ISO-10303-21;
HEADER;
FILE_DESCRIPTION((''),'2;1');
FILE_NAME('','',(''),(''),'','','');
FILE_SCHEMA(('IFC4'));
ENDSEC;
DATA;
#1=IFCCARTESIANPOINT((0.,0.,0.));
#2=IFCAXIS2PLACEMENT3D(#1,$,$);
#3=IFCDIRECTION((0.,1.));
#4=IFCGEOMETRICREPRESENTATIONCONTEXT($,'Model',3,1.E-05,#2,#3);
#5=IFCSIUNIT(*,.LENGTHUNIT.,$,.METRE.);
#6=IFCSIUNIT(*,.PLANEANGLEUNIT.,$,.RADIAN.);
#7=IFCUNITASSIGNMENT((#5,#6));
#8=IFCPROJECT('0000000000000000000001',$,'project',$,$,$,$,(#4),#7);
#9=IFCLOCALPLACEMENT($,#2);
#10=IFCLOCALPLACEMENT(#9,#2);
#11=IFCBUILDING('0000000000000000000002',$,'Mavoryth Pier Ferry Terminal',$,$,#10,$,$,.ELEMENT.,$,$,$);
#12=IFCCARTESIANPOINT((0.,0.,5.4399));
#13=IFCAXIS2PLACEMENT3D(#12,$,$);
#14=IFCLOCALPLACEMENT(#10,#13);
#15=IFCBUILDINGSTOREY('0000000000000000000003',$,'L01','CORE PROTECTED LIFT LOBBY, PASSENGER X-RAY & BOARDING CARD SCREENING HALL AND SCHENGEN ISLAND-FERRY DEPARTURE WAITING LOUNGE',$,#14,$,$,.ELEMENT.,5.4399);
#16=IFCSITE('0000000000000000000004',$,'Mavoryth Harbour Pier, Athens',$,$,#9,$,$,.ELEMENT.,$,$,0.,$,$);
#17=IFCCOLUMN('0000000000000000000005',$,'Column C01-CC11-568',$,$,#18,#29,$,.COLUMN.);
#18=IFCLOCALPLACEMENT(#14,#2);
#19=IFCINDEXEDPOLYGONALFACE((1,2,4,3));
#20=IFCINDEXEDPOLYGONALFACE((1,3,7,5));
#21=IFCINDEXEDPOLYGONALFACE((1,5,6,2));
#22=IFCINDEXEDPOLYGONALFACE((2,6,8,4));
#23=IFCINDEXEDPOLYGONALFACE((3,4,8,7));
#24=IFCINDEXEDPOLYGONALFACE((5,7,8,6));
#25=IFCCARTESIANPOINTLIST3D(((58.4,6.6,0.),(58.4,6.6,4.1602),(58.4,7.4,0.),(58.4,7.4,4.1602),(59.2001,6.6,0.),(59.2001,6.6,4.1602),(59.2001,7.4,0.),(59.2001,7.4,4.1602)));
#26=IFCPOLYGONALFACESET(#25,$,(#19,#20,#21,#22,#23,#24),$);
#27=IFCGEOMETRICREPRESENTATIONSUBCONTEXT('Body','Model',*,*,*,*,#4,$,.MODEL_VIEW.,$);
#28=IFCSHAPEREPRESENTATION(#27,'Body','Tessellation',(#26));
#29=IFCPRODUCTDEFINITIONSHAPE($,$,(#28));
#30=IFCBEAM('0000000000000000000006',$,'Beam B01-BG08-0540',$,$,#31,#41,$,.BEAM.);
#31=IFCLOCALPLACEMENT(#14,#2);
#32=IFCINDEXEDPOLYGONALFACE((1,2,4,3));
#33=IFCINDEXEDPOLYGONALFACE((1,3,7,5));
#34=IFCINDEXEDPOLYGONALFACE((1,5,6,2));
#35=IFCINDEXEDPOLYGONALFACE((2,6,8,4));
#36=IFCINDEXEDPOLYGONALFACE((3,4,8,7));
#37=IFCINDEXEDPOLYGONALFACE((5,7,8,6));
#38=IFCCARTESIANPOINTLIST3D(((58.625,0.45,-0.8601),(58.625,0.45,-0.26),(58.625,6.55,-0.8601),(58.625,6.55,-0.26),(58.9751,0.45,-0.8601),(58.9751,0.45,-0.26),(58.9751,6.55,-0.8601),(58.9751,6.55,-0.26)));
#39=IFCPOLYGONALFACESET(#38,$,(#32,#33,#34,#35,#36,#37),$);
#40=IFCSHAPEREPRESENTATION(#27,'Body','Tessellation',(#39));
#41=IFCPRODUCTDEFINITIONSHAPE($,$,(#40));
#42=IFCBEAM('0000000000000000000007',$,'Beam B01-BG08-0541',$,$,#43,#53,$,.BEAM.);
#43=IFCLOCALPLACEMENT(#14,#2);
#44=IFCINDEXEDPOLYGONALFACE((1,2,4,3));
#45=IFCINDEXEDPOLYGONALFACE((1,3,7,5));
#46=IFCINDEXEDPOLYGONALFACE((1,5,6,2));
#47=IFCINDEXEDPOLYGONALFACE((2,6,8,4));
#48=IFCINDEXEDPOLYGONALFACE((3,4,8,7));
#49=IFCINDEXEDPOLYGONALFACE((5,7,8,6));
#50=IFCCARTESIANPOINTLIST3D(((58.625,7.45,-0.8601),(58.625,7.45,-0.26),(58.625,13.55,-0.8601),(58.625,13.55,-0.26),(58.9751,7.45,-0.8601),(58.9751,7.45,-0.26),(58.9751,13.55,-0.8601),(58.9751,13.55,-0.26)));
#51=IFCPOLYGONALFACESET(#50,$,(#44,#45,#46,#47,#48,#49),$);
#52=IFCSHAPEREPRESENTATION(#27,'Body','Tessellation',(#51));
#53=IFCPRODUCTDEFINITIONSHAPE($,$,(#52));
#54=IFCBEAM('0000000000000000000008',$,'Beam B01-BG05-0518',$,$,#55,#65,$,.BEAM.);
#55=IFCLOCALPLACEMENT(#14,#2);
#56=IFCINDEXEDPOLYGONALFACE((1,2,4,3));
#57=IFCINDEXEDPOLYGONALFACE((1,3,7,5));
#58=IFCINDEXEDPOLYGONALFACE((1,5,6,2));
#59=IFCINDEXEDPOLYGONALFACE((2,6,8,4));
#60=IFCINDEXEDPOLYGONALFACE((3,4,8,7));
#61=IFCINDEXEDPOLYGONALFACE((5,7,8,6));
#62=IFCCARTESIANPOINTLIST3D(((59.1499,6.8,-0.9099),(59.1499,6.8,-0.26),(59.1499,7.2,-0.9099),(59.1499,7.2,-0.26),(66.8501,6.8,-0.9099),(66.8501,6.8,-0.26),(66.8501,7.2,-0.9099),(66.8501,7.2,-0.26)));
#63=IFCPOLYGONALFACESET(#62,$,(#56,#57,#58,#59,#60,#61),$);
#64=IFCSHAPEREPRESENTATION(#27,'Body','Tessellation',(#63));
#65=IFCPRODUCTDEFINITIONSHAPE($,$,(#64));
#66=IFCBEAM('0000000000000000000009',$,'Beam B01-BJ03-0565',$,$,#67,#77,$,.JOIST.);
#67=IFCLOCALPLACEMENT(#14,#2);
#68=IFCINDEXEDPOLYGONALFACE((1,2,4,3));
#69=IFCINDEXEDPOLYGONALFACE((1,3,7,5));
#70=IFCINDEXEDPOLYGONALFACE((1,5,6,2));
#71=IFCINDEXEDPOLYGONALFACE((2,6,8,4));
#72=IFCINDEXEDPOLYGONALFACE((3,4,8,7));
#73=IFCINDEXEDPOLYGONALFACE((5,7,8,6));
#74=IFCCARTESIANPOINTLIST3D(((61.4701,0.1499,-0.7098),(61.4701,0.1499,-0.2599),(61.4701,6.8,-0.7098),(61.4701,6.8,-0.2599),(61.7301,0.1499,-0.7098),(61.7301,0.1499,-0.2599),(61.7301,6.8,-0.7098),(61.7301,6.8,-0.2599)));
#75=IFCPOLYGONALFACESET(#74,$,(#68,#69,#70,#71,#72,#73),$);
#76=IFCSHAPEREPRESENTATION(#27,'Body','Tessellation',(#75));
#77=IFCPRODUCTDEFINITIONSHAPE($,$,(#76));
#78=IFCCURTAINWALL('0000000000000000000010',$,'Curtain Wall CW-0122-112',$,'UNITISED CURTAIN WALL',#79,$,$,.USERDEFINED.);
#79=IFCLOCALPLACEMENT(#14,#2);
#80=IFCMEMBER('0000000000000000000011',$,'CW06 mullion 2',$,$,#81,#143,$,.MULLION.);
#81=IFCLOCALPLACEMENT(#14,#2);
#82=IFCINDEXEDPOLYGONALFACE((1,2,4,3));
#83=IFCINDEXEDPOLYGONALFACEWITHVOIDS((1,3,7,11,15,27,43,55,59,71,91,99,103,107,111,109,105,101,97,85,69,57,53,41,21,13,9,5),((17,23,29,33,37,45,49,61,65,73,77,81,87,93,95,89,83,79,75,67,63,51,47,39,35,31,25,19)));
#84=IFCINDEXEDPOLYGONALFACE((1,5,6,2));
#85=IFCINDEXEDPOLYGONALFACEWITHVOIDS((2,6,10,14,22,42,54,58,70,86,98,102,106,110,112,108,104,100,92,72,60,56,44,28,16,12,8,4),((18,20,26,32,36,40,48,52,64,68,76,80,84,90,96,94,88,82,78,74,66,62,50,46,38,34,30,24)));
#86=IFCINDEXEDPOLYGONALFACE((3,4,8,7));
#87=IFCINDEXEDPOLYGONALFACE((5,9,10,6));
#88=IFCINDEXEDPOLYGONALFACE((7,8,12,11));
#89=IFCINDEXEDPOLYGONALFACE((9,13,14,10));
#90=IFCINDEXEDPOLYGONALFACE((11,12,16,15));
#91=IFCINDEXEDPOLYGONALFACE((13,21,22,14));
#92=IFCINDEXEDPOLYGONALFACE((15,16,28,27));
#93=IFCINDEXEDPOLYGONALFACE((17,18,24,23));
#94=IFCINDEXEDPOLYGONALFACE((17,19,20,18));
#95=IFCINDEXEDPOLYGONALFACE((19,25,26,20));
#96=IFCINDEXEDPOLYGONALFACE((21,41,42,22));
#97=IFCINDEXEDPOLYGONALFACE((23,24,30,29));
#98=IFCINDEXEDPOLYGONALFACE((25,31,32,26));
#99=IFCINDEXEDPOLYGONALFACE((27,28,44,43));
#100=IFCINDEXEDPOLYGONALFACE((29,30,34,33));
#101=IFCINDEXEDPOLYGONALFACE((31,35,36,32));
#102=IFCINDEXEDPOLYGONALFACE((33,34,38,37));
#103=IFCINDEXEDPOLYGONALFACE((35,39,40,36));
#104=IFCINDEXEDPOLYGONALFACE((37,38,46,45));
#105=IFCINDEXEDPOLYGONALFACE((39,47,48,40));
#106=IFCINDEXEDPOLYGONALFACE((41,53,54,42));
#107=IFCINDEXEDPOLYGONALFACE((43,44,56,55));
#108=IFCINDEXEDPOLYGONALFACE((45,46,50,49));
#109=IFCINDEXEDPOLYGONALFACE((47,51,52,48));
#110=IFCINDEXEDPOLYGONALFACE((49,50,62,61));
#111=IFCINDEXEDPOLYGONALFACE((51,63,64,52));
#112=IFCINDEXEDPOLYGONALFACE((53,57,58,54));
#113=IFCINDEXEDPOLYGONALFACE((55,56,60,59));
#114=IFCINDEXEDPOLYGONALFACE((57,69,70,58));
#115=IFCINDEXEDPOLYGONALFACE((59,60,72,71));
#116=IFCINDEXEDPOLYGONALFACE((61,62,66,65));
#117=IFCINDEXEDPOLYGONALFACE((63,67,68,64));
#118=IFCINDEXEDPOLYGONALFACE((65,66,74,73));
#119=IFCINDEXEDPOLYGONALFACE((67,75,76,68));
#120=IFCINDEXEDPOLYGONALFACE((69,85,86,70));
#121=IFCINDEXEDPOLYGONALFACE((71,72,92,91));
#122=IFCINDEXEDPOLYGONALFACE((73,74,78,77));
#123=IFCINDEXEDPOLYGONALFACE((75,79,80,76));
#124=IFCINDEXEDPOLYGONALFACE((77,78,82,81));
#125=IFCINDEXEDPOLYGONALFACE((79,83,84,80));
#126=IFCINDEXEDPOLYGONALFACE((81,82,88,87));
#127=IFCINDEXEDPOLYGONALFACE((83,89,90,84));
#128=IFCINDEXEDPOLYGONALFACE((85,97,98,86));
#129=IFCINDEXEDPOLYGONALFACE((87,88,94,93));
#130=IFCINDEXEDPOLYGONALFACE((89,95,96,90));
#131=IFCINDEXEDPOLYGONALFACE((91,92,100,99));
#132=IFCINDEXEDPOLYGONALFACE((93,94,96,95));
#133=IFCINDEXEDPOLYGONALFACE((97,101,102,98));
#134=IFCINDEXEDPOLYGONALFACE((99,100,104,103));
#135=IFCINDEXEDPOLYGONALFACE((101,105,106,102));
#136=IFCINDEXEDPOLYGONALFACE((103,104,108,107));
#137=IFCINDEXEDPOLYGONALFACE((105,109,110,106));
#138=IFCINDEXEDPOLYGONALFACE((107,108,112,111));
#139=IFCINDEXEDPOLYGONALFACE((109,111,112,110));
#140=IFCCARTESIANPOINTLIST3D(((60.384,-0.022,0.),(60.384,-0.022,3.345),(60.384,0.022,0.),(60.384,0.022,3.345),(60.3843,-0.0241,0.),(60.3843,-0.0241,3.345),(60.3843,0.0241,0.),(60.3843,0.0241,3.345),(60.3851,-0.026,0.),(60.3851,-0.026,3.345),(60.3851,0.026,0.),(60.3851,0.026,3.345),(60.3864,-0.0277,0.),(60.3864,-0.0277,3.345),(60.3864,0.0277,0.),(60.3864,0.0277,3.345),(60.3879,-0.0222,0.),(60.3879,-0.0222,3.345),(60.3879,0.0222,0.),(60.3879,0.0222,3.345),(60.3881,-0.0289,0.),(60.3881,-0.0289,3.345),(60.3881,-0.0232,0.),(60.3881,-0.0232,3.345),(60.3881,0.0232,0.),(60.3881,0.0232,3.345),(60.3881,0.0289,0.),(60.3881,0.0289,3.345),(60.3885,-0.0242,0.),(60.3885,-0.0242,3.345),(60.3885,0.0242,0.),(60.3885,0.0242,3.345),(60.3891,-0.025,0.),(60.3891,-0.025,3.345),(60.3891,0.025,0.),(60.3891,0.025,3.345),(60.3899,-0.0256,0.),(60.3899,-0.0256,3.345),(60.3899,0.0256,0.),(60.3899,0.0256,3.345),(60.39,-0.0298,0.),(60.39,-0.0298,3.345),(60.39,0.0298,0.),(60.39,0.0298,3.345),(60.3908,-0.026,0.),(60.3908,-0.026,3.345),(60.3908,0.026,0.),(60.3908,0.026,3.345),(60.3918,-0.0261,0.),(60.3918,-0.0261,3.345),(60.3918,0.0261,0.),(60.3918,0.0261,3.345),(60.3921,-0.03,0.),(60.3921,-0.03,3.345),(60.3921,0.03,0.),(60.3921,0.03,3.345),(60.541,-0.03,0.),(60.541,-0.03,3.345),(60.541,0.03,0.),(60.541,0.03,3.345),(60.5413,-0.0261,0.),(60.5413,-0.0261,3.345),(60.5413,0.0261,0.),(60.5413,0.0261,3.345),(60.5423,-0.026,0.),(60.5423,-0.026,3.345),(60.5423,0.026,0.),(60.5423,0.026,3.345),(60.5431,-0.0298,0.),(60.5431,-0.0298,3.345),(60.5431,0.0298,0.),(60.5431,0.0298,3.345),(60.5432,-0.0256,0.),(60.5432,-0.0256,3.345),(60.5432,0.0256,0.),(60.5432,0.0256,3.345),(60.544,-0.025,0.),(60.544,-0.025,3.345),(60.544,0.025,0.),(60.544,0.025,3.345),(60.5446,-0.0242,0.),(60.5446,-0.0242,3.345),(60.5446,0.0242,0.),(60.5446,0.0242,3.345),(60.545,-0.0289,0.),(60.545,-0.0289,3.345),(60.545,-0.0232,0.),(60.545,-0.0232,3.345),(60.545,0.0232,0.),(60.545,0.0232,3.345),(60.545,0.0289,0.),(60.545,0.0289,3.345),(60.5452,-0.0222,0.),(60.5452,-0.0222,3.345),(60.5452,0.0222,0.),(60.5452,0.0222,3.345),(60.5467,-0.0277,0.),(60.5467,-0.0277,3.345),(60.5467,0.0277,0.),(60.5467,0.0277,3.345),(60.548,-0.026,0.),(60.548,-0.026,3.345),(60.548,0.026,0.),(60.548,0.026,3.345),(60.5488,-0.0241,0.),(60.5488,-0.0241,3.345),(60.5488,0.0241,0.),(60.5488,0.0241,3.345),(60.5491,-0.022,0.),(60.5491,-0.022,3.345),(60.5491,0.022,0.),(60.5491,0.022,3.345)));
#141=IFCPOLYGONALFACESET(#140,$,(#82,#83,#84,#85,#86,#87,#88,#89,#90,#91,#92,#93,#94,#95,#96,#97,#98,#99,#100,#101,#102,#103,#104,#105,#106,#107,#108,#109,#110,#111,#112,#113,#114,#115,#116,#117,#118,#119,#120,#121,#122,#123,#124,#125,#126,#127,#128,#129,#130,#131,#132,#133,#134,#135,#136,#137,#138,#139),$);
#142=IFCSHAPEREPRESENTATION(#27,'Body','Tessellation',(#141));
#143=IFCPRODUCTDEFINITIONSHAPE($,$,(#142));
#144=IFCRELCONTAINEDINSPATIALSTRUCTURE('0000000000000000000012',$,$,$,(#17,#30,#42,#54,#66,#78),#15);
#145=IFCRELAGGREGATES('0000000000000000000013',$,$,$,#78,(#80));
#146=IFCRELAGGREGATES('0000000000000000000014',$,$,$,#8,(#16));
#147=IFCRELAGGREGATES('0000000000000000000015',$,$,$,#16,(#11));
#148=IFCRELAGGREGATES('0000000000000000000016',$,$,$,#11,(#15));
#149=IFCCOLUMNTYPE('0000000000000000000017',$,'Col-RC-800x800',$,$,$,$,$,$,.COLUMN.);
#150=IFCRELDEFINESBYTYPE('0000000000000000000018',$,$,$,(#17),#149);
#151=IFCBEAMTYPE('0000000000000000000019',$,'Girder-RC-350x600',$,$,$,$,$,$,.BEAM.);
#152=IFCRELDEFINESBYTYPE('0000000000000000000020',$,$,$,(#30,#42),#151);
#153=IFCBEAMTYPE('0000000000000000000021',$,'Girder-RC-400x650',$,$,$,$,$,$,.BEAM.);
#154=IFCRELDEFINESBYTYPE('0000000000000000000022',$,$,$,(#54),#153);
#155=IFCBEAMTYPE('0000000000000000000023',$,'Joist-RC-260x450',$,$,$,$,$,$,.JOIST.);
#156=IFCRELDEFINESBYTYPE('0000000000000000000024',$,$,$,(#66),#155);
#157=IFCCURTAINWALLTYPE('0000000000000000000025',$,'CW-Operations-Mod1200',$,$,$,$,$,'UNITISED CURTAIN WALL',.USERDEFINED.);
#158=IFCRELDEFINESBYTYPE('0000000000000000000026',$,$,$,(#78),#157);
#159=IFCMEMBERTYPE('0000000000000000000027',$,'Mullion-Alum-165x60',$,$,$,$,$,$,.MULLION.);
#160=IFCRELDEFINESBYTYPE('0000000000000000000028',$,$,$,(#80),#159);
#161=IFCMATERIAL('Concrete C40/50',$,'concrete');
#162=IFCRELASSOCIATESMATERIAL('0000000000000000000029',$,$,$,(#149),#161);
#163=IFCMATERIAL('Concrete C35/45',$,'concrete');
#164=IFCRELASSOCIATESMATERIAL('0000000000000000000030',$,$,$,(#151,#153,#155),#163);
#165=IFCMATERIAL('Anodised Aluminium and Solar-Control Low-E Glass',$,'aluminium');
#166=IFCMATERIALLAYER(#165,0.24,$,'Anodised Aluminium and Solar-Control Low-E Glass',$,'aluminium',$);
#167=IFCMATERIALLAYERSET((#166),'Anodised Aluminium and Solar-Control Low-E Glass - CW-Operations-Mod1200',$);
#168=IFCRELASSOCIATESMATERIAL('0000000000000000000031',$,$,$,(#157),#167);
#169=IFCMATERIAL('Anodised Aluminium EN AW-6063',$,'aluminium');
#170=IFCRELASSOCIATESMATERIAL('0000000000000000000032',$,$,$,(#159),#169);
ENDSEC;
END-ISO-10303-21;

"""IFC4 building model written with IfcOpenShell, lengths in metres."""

from ifc_helpers import new_model, si_unit, direction, frame, origin, origin_2d, place, context, subcontext, project, spatial, rectangle, hollow_rectangle, extrude, material, layer, layer_set, material_profile, profile_set, type_object, element, aggregate, save


model = new_model("IFC4")

# Units and contexts
model_context = context("Model", 3, precision=1e-05, world=origin(), true_north=direction((0.0, 1.0)))
body_context = subcontext(model_context, "Body", "Model", "MODEL_VIEW")
ifc_project = project(units=[si_unit("LENGTHUNIT", "METRE"), si_unit("PLANEANGLEUNIT", "RADIAN")], contexts=[model_context])

# Site, building, storey
site_placement = place(None, origin())
site = spatial("IfcSite", under=ifc_project, at=site_placement, Name="Mavoryth Harbour Pier, Athens", CompositionType="ELEMENT", RefElevation=0.0)
building_placement = place(site_placement, origin())
building = spatial("IfcBuilding", under=site, at=building_placement, Name="Mavoryth Pier Ferry Terminal", CompositionType="ELEMENT")
storey_placement = place(building_placement, frame((0.0, 0.0, 5.4399)))
storey = spatial("IfcBuildingStorey", under=building, at=storey_placement, Name="L01", Description="CORE PROTECTED LIFT LOBBY, PASSENGER X-RAY & BOARDING CARD SCREENING HALL AND SCHENGEN ISLAND-FERRY DEPARTURE WAITING LOUNGE", CompositionType="ELEMENT", Elevation=5.4399)

# Column
ifc_material_1 = material(Name="Concrete C40/50", Category="concrete")
ifc_material_profile_1 = material_profile(ifc_material_1, rectangle(XDim=0.8, YDim=0.8, at=origin_2d()), Name="RC 800x800", Category="concrete")
ifc_profile_set_1 = profile_set([ifc_material_profile_1], Name="Concrete C40/50 - RC 800x800")
column_type = type_object("IfcColumnType", Name="Col-RC-800x800", PredefinedType="COLUMN", material=ifc_profile_set_1)
column_placement = place(storey_placement, frame((58.8, 7.0, 0.0), z_axis=(0.0, 0.0, 1.0), x_axis=(1.0, 0.0, 0.0)))
element("IfcColumn", 1, at=column_placement, inside=storey, type_object=column_type, Name="Column C01-CC11-568", PredefinedType="COLUMN", context=body_context, shape_type="SweptSolid", body=[
    extrude(rectangle(XDim=0.8, YDim=0.8, at=origin_2d()), origin(), (0.0, 0.0, 1.0), 4.1602),
])

# Beams
ifc_material_2 = material(Name="Concrete C35/45", Category="concrete")
ifc_material_profile_2 = material_profile(ifc_material_2, rectangle(XDim=0.3501, YDim=0.6001, at=origin_2d()), Name="RC 350x600", Category="concrete")
ifc_profile_set_2 = profile_set([ifc_material_profile_2], Name="Concrete C35/45 - RC 350x600")
beam_type_1 = type_object("IfcBeamType", Name="Girder-RC-350x600", PredefinedType="BEAM", material=ifc_profile_set_2)
for number, where, z_axis, x_axis, name in (
    (2, (58.8, 0.45, -0.5601), (0.0, 1.0, 0.0), (-1.0, 0.0, 0.0), "Beam B01-BG08-0540"),
    (3, (58.8, 7.45, -0.5601), (0.0, 1.0, 0.0), (-1.0, 0.0, 0.0), "Beam B01-BG08-0541"),
):
    element("IfcBeam", number, at=place(storey_placement, frame(where, z_axis=z_axis, x_axis=x_axis)), inside=storey, type_object=beam_type_1, Name=name, PredefinedType="BEAM", context=body_context, shape_type="SweptSolid", body=[
        extrude(rectangle(XDim=0.3501, YDim=0.6001, at=origin_2d()), origin(), (0.0, 0.0, 1.0), 6.1001),
    ])
ifc_material_profile_3 = material_profile(ifc_material_2, rectangle(XDim=0.3999, YDim=0.6499, at=origin_2d()), Name="RC 400x650", Category="concrete")
ifc_profile_set_3 = profile_set([ifc_material_profile_3], Name="Concrete C35/45 - RC 400x650")
beam_type_2 = type_object("IfcBeamType", Name="Girder-RC-400x650", PredefinedType="BEAM", material=ifc_profile_set_3)
beam_1_placement = place(storey_placement, frame((59.1499, 7.0, -0.585), z_axis=(1.0, 0.0, 0.0), x_axis=(0.0, 1.0, 0.0)))
element("IfcBeam", 4, at=beam_1_placement, inside=storey, type_object=beam_type_2, Name="Beam B01-BG05-0518", PredefinedType="BEAM", context=body_context, shape_type="SweptSolid", body=[
    extrude(rectangle(XDim=0.3999, YDim=0.6499, at=origin_2d()), origin(), (0.0, 0.0, 1.0), 7.7002),
])
ifc_material_profile_4 = material_profile(ifc_material_2, rectangle(XDim=0.26, YDim=0.45, at=origin_2d()), Name="RC 260x450", Category="concrete")
ifc_profile_set_4 = profile_set([ifc_material_profile_4], Name="Concrete C35/45 - RC 260x450")
beam_type_3 = type_object("IfcBeamType", Name="Joist-RC-260x450", PredefinedType="JOIST", material=ifc_profile_set_4)
beam_2_placement = place(storey_placement, frame((61.6001, 0.1499, -0.4849), z_axis=(0.0, 1.0, 0.0), x_axis=(-1.0, 0.0, 0.0)))
element("IfcBeam", 5, at=beam_2_placement, inside=storey, type_object=beam_type_3, Name="Beam B01-BJ03-0565", PredefinedType="JOIST", context=body_context, shape_type="SweptSolid", body=[
    extrude(rectangle(XDim=0.26, YDim=0.45, at=origin_2d()), origin(), (0.0, 0.0, 1.0), 6.6501),
])

# Curtain wall, member
ifc_material_3 = material(Name="Anodised Aluminium and Solar-Control Low-E Glass", Category="aluminium")
ifc_layer_1 = layer(ifc_material_3, 0.24, Name="Anodised Aluminium and Solar-Control Low-E Glass", Category="aluminium")
ifc_layer_set_1 = layer_set([ifc_layer_1], Name="Anodised Aluminium and Solar-Control Low-E Glass - CW-Operations-Mod1200")
curtain_wall_type = type_object("IfcCurtainWallType", Name="CW-Operations-Mod1200", ElementType="UNITISED CURTAIN WALL", PredefinedType="USERDEFINED", material=ifc_layer_set_1)
curtain_wall_placement = place(storey_placement, origin())
curtain_wall = element("IfcCurtainWall", 6, at=curtain_wall_placement, inside=storey, type_object=curtain_wall_type, Name="Curtain Wall CW-0122-112", ObjectType="UNITISED CURTAIN WALL", PredefinedType="USERDEFINED")
ifc_material_4 = material(Name="Anodised Aluminium EN AW-6063", Category="aluminium")
ifc_material_profile_5 = material_profile(ifc_material_4, hollow_rectangle(XDim=0.0601, YDim=0.165, WallThickness=0.0039, InnerFilletRadius=0.0039, OuterFilletRadius=0.0081, at=origin_2d()), Name="AL-MULL 165x60x4", Category="aluminium")
ifc_profile_set_5 = profile_set([ifc_material_profile_5], Name="Anodised Aluminium EN AW-6063 - AL-MULL 165x60x4")
member_type_1 = type_object("IfcMemberType", Name="Mullion-Alum-165x60", PredefinedType="MULLION", material=ifc_profile_set_5)
member_1_placement = place(storey_placement, frame((60.4666, 0.0, 0.0), z_axis=(0.0, 0.0, 1.0), x_axis=(0.0, 1.0, 0.0)))
member_1 = element("IfcMember", 7, at=member_1_placement, type_object=member_type_1, Name="CW06 mullion 2", PredefinedType="MULLION", context=body_context, shape_type="SweptSolid", body=[
    extrude(hollow_rectangle(XDim=0.0601, YDim=0.165, WallThickness=0.0039, InnerFilletRadius=0.0039, OuterFilletRadius=0.0081, at=origin_2d()), origin(), (0.0, 0.0, 1.0), 3.345),
])
aggregate(curtain_wall, [member_1])

save(model, "model.ifc")
